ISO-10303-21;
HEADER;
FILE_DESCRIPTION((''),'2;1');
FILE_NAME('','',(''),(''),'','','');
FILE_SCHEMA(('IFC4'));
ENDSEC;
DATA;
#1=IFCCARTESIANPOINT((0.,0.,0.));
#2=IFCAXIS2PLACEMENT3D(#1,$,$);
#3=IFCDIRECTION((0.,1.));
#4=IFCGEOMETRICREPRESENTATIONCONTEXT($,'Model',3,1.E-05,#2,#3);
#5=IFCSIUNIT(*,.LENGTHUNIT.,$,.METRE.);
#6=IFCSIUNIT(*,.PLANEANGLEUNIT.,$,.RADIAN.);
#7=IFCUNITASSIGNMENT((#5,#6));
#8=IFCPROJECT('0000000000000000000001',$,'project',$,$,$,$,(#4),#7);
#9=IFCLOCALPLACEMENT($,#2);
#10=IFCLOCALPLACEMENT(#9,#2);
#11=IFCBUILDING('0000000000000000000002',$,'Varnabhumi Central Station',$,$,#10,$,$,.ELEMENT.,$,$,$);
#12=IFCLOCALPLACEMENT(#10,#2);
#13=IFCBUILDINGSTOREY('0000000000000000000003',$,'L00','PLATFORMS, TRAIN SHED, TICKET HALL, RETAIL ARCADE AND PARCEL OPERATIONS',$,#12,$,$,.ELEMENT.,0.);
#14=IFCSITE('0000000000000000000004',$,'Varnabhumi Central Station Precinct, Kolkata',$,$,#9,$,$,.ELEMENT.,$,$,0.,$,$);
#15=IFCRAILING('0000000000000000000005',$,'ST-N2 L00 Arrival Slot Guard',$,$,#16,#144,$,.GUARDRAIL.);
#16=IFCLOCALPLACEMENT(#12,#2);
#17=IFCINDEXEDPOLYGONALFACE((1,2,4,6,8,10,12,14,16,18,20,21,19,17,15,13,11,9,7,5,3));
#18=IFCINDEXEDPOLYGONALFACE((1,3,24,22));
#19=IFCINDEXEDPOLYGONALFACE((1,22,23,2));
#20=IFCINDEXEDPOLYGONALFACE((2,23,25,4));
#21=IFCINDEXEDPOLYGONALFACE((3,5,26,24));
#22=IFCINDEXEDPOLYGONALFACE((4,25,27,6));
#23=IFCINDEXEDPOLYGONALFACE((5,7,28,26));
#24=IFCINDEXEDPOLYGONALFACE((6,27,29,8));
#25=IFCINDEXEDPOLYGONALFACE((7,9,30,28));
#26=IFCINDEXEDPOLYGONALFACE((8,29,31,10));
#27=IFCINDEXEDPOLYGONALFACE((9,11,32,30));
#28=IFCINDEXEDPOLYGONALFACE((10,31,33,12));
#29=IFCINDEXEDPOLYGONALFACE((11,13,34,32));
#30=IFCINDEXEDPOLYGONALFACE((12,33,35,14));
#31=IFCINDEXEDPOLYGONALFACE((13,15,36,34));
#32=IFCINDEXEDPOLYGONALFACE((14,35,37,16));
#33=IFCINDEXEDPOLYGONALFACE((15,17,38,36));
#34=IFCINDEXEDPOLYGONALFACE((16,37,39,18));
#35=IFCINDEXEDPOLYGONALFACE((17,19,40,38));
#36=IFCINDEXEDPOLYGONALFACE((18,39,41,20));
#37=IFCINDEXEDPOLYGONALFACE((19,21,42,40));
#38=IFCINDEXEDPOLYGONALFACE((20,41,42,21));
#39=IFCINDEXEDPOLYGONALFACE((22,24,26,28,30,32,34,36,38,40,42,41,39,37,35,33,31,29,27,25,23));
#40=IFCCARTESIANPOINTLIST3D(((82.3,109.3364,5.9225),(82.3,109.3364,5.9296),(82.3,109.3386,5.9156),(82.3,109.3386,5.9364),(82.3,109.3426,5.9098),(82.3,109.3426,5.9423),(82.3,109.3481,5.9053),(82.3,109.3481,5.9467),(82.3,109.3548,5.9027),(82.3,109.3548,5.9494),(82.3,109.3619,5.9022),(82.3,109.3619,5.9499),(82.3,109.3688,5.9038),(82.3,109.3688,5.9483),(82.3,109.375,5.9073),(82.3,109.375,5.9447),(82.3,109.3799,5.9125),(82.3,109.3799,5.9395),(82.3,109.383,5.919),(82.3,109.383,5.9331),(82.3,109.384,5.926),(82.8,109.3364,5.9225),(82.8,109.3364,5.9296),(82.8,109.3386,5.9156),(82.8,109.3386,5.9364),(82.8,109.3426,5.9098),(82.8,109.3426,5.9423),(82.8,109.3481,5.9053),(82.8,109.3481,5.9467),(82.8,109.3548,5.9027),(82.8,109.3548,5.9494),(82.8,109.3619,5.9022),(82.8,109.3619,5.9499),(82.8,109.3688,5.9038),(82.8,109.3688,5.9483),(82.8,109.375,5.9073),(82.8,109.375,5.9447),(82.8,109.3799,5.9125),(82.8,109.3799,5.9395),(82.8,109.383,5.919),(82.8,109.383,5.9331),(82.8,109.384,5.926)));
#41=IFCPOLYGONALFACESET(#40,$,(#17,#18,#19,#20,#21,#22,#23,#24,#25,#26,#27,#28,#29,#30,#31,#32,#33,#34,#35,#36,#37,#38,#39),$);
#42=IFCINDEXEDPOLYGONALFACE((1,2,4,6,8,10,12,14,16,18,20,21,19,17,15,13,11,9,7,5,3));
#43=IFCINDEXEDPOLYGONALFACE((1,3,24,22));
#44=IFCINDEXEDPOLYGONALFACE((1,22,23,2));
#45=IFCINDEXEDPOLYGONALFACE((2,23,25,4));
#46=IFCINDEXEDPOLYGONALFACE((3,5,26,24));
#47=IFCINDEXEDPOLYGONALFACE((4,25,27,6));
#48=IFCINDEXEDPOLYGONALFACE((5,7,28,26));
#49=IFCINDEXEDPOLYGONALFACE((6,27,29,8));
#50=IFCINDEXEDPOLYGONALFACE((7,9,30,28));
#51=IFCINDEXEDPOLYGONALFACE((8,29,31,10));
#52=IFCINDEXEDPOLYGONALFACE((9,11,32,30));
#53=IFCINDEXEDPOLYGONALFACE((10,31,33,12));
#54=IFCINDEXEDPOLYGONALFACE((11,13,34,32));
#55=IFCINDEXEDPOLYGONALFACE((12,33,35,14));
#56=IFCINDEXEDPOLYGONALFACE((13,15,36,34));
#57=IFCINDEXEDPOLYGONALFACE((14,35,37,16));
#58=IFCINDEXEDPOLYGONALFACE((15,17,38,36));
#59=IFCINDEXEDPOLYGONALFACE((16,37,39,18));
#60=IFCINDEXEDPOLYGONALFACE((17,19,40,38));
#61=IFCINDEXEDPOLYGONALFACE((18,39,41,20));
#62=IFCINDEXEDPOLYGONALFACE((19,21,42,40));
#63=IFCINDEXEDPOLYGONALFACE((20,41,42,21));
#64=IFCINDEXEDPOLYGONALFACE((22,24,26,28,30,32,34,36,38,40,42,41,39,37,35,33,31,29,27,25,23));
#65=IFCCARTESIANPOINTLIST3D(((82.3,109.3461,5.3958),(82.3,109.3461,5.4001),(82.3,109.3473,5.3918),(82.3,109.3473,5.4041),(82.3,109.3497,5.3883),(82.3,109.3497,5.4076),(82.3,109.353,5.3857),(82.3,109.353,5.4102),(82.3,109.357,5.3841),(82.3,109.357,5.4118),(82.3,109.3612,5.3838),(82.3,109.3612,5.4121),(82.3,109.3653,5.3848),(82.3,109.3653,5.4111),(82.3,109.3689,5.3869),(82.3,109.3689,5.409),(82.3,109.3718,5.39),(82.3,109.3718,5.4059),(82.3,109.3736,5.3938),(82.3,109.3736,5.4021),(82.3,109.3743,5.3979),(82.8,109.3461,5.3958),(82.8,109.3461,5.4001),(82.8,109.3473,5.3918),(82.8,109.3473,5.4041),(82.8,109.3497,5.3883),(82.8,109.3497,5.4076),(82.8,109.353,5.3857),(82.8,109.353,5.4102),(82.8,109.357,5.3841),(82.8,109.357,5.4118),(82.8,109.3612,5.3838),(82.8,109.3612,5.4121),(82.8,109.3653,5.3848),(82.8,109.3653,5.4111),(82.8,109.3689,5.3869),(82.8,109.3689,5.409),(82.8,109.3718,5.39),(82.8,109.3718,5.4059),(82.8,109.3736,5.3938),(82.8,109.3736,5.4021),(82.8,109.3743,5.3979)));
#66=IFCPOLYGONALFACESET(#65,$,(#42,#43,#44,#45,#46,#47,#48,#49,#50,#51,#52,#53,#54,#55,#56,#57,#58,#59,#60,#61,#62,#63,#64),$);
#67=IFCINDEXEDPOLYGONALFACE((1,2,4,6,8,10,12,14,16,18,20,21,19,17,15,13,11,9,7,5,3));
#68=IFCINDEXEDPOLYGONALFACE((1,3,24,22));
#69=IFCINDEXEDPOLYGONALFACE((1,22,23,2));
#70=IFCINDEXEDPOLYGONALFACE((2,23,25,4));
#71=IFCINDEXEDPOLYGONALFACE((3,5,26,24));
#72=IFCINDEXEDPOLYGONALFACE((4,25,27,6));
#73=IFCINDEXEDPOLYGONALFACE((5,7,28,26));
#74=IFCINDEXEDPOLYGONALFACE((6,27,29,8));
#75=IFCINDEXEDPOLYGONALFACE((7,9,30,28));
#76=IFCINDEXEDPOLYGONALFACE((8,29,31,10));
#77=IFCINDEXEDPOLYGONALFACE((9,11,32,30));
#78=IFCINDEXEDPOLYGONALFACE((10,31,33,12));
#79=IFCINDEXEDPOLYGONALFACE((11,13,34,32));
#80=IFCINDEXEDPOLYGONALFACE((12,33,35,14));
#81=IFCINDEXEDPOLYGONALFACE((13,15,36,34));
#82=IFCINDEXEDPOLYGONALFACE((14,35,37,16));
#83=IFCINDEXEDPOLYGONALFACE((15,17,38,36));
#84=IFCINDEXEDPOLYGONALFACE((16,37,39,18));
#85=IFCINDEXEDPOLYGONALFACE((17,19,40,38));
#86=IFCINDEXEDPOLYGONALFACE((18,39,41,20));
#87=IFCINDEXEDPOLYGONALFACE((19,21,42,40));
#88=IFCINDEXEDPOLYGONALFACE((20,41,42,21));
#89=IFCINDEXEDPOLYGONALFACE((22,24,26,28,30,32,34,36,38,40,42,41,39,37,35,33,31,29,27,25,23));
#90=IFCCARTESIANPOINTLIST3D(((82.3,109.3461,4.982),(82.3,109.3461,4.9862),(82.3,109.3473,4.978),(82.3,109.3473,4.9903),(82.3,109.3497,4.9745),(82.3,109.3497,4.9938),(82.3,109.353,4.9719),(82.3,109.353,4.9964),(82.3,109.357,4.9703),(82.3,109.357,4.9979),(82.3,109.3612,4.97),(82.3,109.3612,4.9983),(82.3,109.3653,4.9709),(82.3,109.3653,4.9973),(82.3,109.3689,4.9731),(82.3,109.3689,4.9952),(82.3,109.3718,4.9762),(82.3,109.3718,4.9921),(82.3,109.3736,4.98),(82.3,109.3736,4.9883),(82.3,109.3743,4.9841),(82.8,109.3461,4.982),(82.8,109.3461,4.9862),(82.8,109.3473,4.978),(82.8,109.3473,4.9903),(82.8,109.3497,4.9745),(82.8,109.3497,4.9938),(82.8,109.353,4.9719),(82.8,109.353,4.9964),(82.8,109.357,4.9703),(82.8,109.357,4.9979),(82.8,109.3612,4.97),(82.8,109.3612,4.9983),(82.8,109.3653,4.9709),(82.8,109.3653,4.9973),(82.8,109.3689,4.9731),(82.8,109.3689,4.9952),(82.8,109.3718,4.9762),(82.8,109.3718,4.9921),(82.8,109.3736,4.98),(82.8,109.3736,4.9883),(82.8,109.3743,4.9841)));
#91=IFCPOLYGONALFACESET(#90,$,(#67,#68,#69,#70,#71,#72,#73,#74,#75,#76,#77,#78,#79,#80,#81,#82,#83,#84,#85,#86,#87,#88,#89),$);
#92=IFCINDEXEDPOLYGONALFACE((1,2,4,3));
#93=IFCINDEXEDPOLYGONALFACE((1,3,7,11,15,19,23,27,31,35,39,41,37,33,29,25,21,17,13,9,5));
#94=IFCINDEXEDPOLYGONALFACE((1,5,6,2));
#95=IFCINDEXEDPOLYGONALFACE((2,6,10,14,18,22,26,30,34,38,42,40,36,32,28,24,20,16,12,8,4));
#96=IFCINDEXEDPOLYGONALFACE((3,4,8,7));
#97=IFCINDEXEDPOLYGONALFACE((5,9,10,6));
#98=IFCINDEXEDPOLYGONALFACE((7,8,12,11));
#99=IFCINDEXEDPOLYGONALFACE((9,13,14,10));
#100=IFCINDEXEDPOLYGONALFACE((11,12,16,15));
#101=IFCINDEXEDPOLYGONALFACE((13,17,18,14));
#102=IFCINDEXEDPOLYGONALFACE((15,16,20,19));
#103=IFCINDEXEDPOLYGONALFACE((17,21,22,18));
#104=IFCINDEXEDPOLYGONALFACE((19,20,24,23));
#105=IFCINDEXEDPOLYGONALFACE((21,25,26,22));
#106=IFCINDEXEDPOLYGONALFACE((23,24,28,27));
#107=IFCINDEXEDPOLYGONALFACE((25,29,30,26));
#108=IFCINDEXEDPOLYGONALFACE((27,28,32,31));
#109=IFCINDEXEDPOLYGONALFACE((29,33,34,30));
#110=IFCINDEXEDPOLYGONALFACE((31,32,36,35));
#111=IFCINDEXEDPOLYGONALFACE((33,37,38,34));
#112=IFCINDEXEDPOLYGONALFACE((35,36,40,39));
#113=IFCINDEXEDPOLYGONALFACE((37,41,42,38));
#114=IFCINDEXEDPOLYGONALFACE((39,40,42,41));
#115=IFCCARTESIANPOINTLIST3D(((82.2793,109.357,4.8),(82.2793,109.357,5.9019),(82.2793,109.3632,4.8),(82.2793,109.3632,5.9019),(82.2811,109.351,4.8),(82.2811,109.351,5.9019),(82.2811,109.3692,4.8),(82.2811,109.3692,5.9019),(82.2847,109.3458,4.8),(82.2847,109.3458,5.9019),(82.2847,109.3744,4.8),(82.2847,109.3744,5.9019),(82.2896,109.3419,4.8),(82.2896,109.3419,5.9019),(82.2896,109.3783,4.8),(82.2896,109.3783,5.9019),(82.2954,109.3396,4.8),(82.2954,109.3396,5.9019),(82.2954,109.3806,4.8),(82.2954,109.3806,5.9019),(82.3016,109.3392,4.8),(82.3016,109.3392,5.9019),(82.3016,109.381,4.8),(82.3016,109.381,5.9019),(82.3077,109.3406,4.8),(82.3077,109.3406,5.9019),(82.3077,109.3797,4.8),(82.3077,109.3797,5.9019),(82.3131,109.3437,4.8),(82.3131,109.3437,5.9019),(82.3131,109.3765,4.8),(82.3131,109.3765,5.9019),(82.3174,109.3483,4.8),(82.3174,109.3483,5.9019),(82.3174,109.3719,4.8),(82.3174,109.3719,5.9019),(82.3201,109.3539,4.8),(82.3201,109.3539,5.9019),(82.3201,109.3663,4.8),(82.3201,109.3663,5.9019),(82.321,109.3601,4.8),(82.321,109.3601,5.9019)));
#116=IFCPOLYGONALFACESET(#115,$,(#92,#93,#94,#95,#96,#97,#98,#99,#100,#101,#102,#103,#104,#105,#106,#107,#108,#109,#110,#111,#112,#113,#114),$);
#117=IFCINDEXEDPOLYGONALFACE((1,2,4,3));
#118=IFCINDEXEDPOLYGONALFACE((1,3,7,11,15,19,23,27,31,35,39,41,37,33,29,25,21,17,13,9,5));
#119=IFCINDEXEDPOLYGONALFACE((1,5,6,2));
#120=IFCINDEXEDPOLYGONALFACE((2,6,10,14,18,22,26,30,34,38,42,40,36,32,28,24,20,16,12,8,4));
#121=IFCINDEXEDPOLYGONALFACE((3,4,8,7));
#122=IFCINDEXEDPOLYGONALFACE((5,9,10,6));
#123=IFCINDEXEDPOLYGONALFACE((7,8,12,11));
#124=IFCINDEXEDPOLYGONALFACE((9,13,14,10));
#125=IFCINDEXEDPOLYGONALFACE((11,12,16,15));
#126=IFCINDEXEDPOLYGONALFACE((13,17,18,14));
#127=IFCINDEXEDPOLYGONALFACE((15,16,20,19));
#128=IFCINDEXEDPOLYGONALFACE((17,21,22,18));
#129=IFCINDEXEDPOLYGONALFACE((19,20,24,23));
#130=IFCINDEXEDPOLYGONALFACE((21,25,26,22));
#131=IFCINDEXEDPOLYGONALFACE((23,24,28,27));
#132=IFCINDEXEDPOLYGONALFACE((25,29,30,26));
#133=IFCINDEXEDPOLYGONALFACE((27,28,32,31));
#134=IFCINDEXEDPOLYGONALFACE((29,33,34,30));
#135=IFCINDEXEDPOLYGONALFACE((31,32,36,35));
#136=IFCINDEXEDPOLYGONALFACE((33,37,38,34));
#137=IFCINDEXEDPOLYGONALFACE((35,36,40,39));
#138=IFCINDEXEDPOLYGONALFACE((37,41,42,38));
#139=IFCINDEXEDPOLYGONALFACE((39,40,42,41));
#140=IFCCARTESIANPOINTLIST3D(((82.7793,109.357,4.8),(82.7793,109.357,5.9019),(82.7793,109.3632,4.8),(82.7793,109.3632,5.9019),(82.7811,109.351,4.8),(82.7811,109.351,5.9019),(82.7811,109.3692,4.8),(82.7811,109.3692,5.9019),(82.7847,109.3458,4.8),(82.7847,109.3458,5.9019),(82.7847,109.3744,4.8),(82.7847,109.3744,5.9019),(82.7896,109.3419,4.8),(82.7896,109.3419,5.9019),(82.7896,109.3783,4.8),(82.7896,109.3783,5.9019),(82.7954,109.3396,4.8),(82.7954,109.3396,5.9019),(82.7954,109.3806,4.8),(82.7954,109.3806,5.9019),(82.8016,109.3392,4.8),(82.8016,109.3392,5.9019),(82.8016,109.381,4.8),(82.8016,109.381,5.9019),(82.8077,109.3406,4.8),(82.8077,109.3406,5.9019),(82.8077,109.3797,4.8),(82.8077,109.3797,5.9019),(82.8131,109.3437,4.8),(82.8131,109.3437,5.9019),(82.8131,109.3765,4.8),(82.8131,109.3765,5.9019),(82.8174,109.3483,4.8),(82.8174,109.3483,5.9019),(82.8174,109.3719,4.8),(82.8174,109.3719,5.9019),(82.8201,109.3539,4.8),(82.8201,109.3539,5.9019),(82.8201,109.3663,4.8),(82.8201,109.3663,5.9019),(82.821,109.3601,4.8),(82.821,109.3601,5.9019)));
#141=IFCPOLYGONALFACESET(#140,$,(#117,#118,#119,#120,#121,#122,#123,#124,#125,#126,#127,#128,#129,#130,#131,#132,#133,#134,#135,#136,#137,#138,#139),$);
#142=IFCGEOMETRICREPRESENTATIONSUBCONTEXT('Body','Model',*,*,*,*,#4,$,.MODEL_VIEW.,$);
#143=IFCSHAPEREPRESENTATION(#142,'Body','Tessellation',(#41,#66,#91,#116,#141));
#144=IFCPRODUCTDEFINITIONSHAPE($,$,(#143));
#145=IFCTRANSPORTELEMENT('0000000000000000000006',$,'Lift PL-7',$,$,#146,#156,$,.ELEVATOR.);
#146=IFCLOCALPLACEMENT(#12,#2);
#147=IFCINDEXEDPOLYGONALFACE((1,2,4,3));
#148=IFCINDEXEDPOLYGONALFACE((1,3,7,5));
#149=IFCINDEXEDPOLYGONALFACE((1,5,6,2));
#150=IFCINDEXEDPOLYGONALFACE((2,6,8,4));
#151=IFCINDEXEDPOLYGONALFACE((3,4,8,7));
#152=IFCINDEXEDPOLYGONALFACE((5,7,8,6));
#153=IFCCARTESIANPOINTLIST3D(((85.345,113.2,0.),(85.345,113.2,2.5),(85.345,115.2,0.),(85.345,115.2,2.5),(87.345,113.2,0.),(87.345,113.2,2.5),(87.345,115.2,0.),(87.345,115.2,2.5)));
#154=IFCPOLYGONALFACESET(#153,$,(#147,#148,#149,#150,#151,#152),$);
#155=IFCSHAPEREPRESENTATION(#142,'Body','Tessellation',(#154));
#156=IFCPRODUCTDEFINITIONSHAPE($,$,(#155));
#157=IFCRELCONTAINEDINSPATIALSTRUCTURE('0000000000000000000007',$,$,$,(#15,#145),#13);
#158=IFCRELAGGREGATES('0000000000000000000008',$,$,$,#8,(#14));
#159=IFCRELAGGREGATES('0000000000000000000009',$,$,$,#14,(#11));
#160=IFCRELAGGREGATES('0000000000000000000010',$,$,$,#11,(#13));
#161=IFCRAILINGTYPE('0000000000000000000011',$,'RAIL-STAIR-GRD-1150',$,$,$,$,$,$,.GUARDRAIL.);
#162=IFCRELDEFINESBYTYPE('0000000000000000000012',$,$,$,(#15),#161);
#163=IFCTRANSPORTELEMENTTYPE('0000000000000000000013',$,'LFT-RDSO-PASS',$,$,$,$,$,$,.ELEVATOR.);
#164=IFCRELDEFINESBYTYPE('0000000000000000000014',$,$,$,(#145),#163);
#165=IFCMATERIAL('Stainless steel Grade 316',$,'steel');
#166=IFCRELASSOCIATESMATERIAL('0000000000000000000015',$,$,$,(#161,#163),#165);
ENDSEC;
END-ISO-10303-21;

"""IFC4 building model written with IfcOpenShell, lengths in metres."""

from ifc_helpers import new_model, si_unit, direction, frame, origin, origin_2d, place, context, subcontext, project, spatial, rectangle, circle, extrude, material, type_object, element, save


model = new_model("IFC4")

# Units and contexts
model_context = context("Model", 3, precision=1e-05, world=origin(), true_north=direction((0.0, 1.0)))
body_context = subcontext(model_context, "Body", "Model", "MODEL_VIEW")
ifc_project = project(units=[si_unit("LENGTHUNIT", "METRE"), si_unit("PLANEANGLEUNIT", "RADIAN")], contexts=[model_context])

# Site, building, storey
site_placement = place(None, origin())
site = spatial("IfcSite", under=ifc_project, at=site_placement, Name="Varnabhumi Central Station Precinct, Kolkata", CompositionType="ELEMENT", RefElevation=0.0)
building_placement = place(site_placement, origin())
building = spatial("IfcBuilding", under=site, at=building_placement, Name="Varnabhumi Central Station", CompositionType="ELEMENT")
storey_placement = place(building_placement, origin())
storey = spatial("IfcBuildingStorey", under=building, at=storey_placement, Name="L00", Description="PLATFORMS, TRAIN SHED, TICKET HALL, RETAIL ARCADE AND PARCEL OPERATIONS", CompositionType="ELEMENT", Elevation=0.0)

# Shared definitions
ifc_material_1 = material(Name="Stainless steel Grade 316", Category="steel")

# Railing
railing_type_1 = type_object("IfcRailingType", Name="RAIL-STAIR-GRD-1150", PredefinedType="GUARDRAIL", material=ifc_material_1)
for number, where, name in (
    (1, (82.3, 109.3601, 4.8), "ST-N2 L00 Arrival Slot Guard"),
):
    element("IfcRailing", number, at=place(storey_placement, frame(where)), inside=storey, type_object=railing_type_1, Name=name, PredefinedType="GUARDRAIL", context=body_context, shape_type="SweptSolid", body=[
        extrude(circle(Radius=0.0239, at=origin_2d()), frame((0.0, 0.0, 1.126), z_axis=(1.0, 0.0, 0.0), x_axis=(0.0, 1.0, 0.0)), (0.0, 0.0, 1.0), 0.5),
        extrude(circle(Radius=0.0142, at=origin_2d()), frame((0.0, 0.0, 0.5979), z_axis=(1.0, 0.0, 0.0), x_axis=(0.0, 1.0, 0.0)), (0.0, 0.0, 1.0), 0.5),
        extrude(circle(Radius=0.0142, at=origin_2d()), frame((0.0, 0.0, 0.1841), z_axis=(1.0, 0.0, 0.0), x_axis=(0.0, 1.0, 0.0)), (0.0, 0.0, 1.0), 0.5),
        extrude(circle(Radius=0.021, at=origin_2d()), origin(), (0.0, 0.0, 1.0), 1.1018),
        extrude(circle(Radius=0.021, at=origin_2d()), frame((0.5, 0.0, 0.0)), (0.0, 0.0, 1.0), 1.1018),
    ])

# Transport element
transport_element_type = type_object("IfcTransportElementType", Name="LFT-RDSO-PASS", PredefinedType="ELEVATOR", material=ifc_material_1)
transport_element_placement = place(storey_placement, frame((86.345, 114.2, 0.0), z_axis=(0.0, 0.0, 1.0), x_axis=(1.0, 0.0, 0.0)))
element("IfcTransportElement", 2, at=transport_element_placement, inside=storey, type_object=transport_element_type, Name="Lift PL-7", PredefinedType="ELEVATOR", context=body_context, shape_type="SweptSolid", body=[
    extrude(rectangle(XDim=2.0, YDim=2.0, at=origin_2d()), origin(), (0.0, 0.0, 1.0), 2.5),
])

save(model, "model.ifc")
